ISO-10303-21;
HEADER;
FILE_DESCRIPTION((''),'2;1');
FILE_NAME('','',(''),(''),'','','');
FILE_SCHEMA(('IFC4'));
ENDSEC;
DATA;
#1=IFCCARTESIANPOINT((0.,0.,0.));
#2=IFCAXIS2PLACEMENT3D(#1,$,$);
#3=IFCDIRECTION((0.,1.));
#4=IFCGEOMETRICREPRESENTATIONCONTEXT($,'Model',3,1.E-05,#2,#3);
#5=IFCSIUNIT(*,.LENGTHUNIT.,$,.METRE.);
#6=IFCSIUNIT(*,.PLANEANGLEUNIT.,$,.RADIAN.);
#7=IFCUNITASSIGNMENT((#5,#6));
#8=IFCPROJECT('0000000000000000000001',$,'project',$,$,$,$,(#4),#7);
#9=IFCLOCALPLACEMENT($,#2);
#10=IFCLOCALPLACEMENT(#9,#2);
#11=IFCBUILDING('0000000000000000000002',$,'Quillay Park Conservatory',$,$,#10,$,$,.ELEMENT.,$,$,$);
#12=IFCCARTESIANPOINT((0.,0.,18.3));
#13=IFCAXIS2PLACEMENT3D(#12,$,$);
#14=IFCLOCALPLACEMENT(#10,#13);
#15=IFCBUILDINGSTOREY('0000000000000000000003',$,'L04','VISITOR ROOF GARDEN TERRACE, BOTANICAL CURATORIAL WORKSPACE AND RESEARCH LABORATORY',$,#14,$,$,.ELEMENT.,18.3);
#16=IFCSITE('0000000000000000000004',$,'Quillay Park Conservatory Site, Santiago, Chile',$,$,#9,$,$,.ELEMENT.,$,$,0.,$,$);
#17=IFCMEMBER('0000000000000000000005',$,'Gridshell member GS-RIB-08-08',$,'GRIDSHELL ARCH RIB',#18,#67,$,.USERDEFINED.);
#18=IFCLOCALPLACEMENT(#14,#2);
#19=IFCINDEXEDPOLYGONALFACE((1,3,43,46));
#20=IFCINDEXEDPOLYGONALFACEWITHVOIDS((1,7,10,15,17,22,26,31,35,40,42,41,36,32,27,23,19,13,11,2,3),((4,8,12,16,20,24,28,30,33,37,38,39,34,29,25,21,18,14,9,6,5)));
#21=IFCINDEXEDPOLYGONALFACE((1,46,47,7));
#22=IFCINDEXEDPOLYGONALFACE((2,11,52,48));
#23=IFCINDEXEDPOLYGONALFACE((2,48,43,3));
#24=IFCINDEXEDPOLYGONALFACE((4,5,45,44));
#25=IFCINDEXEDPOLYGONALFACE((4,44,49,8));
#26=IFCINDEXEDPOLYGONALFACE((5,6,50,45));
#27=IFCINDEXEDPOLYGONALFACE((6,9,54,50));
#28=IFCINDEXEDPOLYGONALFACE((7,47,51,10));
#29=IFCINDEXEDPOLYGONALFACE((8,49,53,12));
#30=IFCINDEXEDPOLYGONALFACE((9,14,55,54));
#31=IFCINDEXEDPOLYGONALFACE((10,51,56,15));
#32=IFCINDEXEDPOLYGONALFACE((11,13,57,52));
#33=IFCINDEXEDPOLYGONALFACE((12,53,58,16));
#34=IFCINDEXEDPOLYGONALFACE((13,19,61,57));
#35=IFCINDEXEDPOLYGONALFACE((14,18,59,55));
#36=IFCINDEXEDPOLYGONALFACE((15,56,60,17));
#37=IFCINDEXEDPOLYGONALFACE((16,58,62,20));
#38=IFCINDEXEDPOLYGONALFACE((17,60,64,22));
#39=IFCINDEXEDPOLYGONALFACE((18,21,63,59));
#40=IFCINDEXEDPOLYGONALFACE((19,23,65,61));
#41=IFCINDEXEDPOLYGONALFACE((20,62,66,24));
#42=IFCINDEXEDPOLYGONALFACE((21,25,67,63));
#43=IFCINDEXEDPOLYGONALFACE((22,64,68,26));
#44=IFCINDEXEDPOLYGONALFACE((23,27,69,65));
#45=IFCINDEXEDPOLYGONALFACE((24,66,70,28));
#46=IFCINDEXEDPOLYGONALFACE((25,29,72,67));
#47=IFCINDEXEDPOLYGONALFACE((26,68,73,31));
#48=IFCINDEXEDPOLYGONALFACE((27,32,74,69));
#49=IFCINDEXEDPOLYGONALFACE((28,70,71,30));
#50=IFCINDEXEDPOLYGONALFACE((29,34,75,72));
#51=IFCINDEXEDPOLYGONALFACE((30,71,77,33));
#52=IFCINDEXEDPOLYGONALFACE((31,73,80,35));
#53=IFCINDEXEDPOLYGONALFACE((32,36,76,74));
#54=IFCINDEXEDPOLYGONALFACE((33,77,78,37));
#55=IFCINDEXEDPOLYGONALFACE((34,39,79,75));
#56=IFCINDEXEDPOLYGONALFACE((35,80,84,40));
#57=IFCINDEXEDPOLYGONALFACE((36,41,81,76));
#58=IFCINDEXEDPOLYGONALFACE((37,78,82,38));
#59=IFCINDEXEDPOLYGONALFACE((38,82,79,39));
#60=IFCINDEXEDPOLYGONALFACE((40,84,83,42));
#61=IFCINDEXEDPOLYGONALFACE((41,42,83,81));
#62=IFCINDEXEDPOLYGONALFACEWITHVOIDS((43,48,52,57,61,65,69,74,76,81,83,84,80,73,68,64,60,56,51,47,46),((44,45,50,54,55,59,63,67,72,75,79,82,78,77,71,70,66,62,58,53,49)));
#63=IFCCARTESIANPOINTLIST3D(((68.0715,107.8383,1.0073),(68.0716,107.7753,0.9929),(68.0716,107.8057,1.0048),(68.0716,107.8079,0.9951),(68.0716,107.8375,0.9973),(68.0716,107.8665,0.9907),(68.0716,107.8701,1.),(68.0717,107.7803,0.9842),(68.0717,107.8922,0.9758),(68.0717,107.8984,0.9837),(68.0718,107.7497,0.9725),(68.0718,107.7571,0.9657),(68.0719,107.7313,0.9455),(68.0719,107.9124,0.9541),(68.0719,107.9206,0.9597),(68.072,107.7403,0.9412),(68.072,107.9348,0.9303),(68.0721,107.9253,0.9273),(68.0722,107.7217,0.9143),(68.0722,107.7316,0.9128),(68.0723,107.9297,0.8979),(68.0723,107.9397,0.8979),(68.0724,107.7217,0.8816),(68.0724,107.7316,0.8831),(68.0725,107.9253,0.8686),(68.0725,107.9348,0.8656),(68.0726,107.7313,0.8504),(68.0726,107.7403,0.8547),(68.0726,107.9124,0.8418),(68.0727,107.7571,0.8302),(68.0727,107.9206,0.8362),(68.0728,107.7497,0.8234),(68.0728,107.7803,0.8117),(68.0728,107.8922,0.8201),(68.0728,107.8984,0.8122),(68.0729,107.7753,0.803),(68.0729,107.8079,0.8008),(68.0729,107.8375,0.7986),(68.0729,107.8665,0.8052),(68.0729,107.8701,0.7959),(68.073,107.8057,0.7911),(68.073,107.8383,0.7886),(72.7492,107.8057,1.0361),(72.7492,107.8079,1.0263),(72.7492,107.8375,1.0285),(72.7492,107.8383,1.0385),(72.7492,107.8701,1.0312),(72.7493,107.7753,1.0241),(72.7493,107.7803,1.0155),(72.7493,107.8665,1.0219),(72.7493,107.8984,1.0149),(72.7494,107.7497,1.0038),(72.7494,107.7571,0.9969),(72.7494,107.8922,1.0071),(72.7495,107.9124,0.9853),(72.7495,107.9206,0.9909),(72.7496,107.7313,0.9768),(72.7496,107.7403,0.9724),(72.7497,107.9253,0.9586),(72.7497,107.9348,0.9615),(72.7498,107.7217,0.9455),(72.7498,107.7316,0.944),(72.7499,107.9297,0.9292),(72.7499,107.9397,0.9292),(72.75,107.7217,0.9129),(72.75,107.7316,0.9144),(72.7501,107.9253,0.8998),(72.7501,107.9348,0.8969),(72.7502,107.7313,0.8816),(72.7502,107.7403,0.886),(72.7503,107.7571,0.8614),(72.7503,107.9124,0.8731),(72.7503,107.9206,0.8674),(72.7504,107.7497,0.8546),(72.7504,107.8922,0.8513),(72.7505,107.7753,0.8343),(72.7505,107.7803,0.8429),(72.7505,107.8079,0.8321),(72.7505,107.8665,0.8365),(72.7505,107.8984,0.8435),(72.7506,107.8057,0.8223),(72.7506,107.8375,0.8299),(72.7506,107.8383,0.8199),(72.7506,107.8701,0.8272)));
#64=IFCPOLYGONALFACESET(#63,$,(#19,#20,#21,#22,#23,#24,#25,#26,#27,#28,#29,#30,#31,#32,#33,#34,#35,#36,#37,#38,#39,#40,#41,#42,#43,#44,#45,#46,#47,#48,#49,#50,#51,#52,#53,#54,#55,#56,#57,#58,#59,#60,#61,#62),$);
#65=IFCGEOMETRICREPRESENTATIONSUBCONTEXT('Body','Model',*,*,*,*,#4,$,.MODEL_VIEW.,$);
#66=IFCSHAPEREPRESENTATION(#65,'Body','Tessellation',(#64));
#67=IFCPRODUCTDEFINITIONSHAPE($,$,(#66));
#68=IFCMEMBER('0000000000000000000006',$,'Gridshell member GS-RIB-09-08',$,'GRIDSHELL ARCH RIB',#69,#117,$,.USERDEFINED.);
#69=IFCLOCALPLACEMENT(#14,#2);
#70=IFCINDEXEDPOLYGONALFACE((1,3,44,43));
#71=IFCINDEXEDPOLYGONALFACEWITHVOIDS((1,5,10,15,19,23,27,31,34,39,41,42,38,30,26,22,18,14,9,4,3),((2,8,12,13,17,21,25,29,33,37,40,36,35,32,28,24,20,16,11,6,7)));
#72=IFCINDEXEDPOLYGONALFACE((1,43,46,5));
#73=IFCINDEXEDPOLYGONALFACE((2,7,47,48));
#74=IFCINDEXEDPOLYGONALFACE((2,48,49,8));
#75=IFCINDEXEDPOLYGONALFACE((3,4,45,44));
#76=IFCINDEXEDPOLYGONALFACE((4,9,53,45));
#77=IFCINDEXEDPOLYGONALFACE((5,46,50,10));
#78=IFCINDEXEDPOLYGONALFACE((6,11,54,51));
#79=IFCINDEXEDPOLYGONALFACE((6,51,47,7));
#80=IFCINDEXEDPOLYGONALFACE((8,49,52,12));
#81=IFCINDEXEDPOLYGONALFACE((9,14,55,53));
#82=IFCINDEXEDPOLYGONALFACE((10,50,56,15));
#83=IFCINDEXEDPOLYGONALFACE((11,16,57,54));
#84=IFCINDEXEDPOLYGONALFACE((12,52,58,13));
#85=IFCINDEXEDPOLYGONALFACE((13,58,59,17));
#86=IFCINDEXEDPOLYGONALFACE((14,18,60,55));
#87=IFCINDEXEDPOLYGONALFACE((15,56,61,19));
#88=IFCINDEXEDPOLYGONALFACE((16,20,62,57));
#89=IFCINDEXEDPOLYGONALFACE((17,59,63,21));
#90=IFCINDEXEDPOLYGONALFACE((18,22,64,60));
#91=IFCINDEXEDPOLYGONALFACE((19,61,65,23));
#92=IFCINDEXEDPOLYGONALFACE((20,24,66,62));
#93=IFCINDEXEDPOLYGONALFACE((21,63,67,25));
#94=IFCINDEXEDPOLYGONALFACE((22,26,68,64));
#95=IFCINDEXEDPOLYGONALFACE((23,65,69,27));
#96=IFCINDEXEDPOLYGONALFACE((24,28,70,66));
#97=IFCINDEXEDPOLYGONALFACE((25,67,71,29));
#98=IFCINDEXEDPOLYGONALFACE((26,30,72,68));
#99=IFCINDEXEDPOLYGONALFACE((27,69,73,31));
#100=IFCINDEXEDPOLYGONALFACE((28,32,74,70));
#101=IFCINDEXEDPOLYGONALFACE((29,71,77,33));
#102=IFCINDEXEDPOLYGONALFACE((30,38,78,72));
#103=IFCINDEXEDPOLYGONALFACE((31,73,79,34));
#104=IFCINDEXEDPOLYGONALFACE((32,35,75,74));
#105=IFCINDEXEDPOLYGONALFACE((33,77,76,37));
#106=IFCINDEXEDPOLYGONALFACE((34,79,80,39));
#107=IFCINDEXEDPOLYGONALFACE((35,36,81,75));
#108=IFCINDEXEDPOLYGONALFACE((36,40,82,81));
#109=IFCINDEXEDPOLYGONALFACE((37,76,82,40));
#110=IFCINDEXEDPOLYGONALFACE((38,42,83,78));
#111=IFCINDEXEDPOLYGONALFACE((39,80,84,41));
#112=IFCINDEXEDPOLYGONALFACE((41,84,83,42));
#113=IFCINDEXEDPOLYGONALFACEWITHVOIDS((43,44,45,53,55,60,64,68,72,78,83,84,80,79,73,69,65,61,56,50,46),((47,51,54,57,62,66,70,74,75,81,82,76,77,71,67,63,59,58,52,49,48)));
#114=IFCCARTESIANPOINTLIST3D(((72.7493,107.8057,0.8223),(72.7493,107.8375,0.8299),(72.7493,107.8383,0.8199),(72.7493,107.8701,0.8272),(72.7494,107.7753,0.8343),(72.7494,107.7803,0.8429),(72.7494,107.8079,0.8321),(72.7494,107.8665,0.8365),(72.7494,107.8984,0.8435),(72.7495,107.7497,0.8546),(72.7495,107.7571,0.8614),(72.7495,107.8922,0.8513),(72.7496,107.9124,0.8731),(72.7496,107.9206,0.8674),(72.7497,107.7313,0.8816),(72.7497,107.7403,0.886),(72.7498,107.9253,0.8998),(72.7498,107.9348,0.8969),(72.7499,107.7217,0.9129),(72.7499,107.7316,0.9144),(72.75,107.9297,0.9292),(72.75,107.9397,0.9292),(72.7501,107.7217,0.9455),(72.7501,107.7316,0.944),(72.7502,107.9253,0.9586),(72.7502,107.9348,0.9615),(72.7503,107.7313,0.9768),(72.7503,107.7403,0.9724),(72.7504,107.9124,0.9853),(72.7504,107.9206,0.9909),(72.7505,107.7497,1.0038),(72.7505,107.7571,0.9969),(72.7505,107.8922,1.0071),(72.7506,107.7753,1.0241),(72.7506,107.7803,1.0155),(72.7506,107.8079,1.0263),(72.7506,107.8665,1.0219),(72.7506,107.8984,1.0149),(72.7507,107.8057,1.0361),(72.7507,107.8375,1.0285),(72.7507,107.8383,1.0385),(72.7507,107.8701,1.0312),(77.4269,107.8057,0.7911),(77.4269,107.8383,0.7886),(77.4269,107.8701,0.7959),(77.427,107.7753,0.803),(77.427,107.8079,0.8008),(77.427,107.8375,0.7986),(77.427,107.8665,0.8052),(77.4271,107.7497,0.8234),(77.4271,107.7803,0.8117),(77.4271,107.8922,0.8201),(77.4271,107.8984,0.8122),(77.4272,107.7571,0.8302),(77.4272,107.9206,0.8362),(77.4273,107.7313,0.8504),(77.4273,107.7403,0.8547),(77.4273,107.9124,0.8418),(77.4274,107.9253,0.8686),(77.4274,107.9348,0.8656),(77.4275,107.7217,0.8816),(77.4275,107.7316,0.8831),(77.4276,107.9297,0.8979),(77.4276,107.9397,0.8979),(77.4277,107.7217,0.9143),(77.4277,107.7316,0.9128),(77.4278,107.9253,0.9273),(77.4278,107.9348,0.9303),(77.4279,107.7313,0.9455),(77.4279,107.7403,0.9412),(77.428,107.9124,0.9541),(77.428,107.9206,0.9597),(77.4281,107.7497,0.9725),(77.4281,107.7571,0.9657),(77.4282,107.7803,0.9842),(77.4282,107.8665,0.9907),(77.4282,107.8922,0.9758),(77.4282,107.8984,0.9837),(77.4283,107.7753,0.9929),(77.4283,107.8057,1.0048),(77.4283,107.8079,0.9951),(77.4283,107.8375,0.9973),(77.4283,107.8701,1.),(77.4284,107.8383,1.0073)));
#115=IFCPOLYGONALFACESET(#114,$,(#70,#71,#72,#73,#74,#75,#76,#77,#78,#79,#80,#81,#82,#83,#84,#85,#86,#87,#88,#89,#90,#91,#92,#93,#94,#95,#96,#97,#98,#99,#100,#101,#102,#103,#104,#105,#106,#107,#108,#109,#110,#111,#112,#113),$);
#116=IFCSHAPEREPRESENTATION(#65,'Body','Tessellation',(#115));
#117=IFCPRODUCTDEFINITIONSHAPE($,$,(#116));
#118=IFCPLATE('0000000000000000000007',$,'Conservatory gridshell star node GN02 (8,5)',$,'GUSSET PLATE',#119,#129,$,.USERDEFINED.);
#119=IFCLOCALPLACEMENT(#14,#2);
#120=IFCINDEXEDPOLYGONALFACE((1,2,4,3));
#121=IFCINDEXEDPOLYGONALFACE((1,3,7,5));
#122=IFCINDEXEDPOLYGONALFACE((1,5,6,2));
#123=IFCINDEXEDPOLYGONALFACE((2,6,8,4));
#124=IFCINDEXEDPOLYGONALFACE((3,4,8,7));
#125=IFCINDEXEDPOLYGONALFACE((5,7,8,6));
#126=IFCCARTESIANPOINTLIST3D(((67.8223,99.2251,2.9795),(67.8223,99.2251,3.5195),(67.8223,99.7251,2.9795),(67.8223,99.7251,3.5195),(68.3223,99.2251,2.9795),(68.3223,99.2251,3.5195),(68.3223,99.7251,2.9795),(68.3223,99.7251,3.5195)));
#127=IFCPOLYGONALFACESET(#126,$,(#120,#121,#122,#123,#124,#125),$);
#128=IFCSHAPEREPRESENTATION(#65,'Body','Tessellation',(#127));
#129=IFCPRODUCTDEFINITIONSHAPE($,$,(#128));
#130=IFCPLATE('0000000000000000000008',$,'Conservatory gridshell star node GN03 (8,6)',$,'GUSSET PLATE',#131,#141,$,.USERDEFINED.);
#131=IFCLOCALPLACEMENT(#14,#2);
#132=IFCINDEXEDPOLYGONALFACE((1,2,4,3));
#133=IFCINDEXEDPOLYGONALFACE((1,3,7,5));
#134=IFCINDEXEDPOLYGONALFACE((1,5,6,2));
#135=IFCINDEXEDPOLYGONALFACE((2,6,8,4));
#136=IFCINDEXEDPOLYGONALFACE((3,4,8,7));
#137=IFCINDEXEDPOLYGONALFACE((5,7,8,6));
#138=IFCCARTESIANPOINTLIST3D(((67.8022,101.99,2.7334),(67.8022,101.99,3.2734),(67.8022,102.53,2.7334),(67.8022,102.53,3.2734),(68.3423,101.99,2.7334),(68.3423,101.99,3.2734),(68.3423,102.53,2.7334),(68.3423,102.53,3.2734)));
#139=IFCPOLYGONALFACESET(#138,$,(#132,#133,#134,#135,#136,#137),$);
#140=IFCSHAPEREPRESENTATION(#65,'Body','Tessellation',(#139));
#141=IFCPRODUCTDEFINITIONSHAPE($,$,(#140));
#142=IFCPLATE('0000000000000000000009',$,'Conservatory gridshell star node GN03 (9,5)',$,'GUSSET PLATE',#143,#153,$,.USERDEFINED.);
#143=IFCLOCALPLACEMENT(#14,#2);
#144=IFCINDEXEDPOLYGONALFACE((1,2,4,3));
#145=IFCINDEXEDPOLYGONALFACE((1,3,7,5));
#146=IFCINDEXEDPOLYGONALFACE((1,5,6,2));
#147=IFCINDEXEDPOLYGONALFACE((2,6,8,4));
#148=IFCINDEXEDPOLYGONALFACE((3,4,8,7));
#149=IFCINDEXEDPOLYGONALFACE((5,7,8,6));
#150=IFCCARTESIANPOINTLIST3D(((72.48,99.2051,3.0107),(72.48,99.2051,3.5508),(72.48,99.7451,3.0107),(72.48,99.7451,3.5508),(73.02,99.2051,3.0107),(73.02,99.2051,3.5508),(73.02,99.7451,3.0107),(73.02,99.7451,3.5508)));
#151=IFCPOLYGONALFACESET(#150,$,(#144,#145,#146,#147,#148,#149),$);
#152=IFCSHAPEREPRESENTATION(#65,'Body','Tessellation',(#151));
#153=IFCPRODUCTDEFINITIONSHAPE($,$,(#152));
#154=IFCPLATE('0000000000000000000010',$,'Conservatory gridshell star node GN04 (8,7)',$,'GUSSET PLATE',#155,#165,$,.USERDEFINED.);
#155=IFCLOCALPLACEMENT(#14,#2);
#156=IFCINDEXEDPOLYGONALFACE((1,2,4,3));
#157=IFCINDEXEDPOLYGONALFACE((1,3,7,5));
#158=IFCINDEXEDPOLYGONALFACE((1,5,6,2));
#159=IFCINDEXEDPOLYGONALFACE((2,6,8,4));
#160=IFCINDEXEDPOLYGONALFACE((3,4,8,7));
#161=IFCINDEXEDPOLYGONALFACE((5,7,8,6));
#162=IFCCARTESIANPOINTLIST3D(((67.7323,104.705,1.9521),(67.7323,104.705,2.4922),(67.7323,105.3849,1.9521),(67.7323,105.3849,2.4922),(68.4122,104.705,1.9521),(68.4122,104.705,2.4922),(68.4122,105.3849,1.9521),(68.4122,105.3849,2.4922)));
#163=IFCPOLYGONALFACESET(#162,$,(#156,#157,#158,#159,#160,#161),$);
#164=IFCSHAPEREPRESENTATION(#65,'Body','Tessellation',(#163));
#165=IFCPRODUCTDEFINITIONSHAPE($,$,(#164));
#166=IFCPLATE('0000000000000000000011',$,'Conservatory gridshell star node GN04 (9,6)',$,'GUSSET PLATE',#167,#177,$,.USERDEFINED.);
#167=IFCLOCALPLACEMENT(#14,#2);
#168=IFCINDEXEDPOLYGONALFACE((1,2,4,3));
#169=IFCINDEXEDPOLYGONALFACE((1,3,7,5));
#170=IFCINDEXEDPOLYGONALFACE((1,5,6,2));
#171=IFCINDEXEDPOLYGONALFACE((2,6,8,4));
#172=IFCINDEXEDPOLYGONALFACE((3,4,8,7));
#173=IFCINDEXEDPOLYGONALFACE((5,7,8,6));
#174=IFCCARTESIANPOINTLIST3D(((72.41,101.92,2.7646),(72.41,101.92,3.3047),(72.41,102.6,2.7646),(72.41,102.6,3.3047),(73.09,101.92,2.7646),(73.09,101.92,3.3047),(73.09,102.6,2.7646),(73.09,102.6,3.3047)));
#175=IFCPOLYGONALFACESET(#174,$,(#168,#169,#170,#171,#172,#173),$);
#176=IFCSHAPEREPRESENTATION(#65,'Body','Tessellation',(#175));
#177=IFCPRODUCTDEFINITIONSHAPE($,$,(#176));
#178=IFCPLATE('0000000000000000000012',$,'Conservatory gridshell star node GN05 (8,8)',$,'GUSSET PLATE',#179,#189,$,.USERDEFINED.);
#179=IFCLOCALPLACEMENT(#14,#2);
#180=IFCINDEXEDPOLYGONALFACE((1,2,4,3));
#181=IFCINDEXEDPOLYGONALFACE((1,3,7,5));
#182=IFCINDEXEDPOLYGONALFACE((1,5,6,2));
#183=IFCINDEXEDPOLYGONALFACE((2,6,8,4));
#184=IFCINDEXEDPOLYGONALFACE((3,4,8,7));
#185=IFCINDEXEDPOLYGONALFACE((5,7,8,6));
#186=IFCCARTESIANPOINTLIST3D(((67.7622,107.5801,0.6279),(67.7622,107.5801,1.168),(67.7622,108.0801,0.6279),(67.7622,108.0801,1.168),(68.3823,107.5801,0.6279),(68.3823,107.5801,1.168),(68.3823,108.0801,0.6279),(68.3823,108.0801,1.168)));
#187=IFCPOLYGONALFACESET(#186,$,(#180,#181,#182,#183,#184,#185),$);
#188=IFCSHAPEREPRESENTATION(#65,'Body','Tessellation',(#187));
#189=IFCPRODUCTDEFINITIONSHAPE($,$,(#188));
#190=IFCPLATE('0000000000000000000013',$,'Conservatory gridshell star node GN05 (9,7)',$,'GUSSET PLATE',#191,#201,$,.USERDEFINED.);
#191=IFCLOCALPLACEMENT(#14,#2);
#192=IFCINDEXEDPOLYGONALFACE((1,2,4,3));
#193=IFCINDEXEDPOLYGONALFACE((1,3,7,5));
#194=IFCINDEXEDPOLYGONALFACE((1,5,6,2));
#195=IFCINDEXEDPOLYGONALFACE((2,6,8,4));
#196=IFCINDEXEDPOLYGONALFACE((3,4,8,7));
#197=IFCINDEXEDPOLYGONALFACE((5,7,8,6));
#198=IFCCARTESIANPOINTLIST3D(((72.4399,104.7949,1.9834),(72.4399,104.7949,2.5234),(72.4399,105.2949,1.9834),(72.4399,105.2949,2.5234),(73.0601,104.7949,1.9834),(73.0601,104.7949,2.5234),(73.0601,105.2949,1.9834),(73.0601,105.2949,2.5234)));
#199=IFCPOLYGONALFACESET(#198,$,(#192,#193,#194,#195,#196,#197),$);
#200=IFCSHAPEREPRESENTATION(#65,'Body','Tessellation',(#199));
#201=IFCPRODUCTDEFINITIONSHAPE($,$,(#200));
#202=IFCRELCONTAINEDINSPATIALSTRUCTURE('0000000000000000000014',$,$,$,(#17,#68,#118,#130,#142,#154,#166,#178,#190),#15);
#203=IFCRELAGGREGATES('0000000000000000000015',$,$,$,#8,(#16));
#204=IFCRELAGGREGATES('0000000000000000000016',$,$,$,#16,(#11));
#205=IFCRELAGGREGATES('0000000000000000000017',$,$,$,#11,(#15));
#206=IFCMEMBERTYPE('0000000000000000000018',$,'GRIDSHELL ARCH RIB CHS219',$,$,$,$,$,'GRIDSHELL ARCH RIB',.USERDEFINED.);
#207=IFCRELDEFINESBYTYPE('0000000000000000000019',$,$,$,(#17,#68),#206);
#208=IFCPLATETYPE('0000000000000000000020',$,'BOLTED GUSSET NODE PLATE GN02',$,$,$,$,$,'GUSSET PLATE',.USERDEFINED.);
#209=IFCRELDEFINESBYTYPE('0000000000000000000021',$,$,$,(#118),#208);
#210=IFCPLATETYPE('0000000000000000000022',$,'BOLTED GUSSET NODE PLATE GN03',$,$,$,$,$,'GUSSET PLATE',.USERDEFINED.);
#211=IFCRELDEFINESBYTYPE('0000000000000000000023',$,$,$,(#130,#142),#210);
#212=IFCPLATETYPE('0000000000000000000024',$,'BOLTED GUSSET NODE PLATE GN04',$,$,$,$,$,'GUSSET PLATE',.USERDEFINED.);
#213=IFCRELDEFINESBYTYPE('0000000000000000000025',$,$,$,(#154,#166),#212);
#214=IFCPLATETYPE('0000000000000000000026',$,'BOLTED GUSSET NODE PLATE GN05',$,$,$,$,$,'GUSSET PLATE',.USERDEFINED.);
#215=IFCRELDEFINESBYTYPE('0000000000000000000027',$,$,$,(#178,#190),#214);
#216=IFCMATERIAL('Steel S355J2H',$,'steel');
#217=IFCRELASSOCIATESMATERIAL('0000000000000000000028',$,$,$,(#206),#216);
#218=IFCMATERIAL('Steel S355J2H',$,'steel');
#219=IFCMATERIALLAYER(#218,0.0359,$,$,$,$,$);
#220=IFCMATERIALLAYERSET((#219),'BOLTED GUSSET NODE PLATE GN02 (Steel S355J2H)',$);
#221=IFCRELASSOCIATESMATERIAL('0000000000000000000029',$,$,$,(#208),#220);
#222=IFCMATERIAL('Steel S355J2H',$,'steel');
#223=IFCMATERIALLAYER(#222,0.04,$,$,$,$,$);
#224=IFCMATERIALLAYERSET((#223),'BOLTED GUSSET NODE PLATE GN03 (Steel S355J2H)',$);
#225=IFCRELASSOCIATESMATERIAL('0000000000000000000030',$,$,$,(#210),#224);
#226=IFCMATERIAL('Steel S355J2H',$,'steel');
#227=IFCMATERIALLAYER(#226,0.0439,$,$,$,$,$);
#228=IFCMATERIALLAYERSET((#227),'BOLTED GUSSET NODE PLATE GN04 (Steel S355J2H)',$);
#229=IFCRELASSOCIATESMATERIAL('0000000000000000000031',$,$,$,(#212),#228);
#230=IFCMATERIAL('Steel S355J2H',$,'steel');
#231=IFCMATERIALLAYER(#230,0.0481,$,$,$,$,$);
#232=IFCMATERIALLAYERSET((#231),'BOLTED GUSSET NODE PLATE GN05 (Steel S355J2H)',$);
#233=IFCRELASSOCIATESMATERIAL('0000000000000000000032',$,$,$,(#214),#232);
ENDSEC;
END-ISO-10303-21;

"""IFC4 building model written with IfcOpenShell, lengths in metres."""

from ifc_helpers import new_model, si_unit, direction, frame, origin, origin_2d, place, context, subcontext, project, spatial, rectangle, hollow_circle, extrude, material, layer, layer_set, material_profile, profile_set, type_object, element, save


model = new_model("IFC4")

# Units and contexts
model_context = context("Model", 3, precision=1e-05, world=origin(), true_north=direction((0.0, 1.0)))
body_context = subcontext(model_context, "Body", "Model", "MODEL_VIEW")
ifc_project = project(units=[si_unit("LENGTHUNIT", "METRE"), si_unit("PLANEANGLEUNIT", "RADIAN")], contexts=[model_context])

# Site, building, storey
site_placement = place(None, origin())
site = spatial("IfcSite", under=ifc_project, at=site_placement, Name="Quillay Park Conservatory Site, Santiago, Chile", CompositionType="ELEMENT", RefElevation=0.0)
building_placement = place(site_placement, origin())
building = spatial("IfcBuilding", under=site, at=building_placement, Name="Quillay Park Conservatory", CompositionType="ELEMENT")
storey_placement = place(building_placement, frame((0.0, 0.0, 18.3)))
storey = spatial("IfcBuildingStorey", under=building, at=storey_placement, Name="L04", Description="VISITOR ROOF GARDEN TERRACE, BOTANICAL CURATORIAL WORKSPACE AND RESEARCH LABORATORY", CompositionType="ELEMENT", Elevation=18.3)

# Members
ifc_material_1 = material(Name="Steel S355J2H", Category="steel")
ifc_material_profile_1 = material_profile(ifc_material_1, hollow_circle(Radius=0.1096, WallThickness=0.01, at=origin_2d()), Name="CHS219.1x10")
ifc_profile_set_1 = profile_set([ifc_material_profile_1], Name="Steel S355J2H")
member_type = type_object("IfcMemberType", Name="GRIDSHELL ARCH RIB CHS219", ElementType="GRIDSHELL ARCH RIB", PredefinedType="USERDEFINED", material=ifc_profile_set_1)
for number, where, z_axis, x_axis, name in (
    (1, (68.0723, 107.8301, 0.8979), (0.999978, 0.0, 0.00668), (0.0, 1.0, 0.0), "Gridshell member GS-RIB-08-08"),
    (2, (72.75, 107.8301, 0.9292), (0.999978, 0.0, -0.00668), (0.0, 1.0, 0.0), "Gridshell member GS-RIB-09-08"),
):
    element("IfcMember", number, at=place(storey_placement, frame(where, z_axis=z_axis, x_axis=x_axis)), inside=storey, type_object=member_type, Name=name, ObjectType="GRIDSHELL ARCH RIB", PredefinedType="USERDEFINED", context=body_context, shape_type="SweptSolid", body=[
        extrude(hollow_circle(Radius=0.1096, WallThickness=0.01, at=origin_2d()), origin(), (0.0, 0.0, 1.0), 4.6777),
    ])

# Plates
ifc_material_2 = material(Name="Steel S355J2H", Category="steel")
ifc_layer_1 = layer(ifc_material_2, 0.0359)
ifc_layer_set_1 = layer_set([ifc_layer_1], Name="BOLTED GUSSET NODE PLATE GN02 (Steel S355J2H)")
plate_type_1 = type_object("IfcPlateType", Name="BOLTED GUSSET NODE PLATE GN02", ElementType="GUSSET PLATE", PredefinedType="USERDEFINED", material=ifc_layer_set_1)
plate_1_placement = place(storey_placement, frame((68.0723, 99.4751, 2.9795), z_axis=(0.0, 0.0, 1.0), x_axis=(1.0, 0.0, 0.0)))
element("IfcPlate", 3, at=plate_1_placement, inside=storey, type_object=plate_type_1, Name="Conservatory gridshell star node GN02 (8,5)", ObjectType="GUSSET PLATE", PredefinedType="USERDEFINED", context=body_context, shape_type="SweptSolid", body=[
    extrude(rectangle(XDim=0.5, YDim=0.5, at=origin_2d()), origin(), (0.0, 0.0, 1.0), 0.54),
])
ifc_material_3 = material(Name="Steel S355J2H", Category="steel")
ifc_layer_2 = layer(ifc_material_3, 0.04)
ifc_layer_set_2 = layer_set([ifc_layer_2], Name="BOLTED GUSSET NODE PLATE GN03 (Steel S355J2H)")
plate_type_2 = type_object("IfcPlateType", Name="BOLTED GUSSET NODE PLATE GN03", ElementType="GUSSET PLATE", PredefinedType="USERDEFINED", material=ifc_layer_set_2)
for number, where, z_axis, x_axis, name in (
    (4, (68.0723, 102.26, 2.7334), (0.0, 0.0, 1.0), (1.0, 0.0, 0.0), "Conservatory gridshell star node GN03 (8,6)"),
    (5, (72.75, 99.4751, 3.0107), (0.0, 0.0, 1.0), (1.0, 0.0, 0.0), "Conservatory gridshell star node GN03 (9,5)"),
):
    element("IfcPlate", number, at=place(storey_placement, frame(where, z_axis=z_axis, x_axis=x_axis)), inside=storey, type_object=plate_type_2, Name=name, ObjectType="GUSSET PLATE", PredefinedType="USERDEFINED", context=body_context, shape_type="SweptSolid", body=[
        extrude(rectangle(XDim=0.54, YDim=0.54, at=origin_2d()), origin(), (0.0, 0.0, 1.0), 0.54),
    ])
ifc_material_4 = material(Name="Steel S355J2H", Category="steel")
ifc_layer_3 = layer(ifc_material_4, 0.0439)
ifc_layer_set_3 = layer_set([ifc_layer_3], Name="BOLTED GUSSET NODE PLATE GN04 (Steel S355J2H)")
plate_type_3 = type_object("IfcPlateType", Name="BOLTED GUSSET NODE PLATE GN04", ElementType="GUSSET PLATE", PredefinedType="USERDEFINED", material=ifc_layer_set_3)
for number, where, z_axis, x_axis, name in (
    (6, (68.0723, 105.0449, 1.9521), (0.0, 0.0, 1.0), (1.0, 0.0, 0.0), "Conservatory gridshell star node GN04 (8,7)"),
    (7, (72.75, 102.26, 2.7646), (0.0, 0.0, 1.0), (1.0, 0.0, 0.0), "Conservatory gridshell star node GN04 (9,6)"),
):
    element("IfcPlate", number, at=place(storey_placement, frame(where, z_axis=z_axis, x_axis=x_axis)), inside=storey, type_object=plate_type_3, Name=name, ObjectType="GUSSET PLATE", PredefinedType="USERDEFINED", context=body_context, shape_type="SweptSolid", body=[
        extrude(rectangle(XDim=0.6799, YDim=0.6799, at=origin_2d()), origin(), (0.0, 0.0, 1.0), 0.54),
    ])
ifc_material_5 = material(Name="Steel S355J2H", Category="steel")
ifc_layer_4 = layer(ifc_material_5, 0.0481)
ifc_layer_set_4 = layer_set([ifc_layer_4], Name="BOLTED GUSSET NODE PLATE GN05 (Steel S355J2H)")
plate_type_4 = type_object("IfcPlateType", Name="BOLTED GUSSET NODE PLATE GN05", ElementType="GUSSET PLATE", PredefinedType="USERDEFINED", material=ifc_layer_set_4)
for number, where, z_axis, x_axis, name in (
    (8, (68.0723, 107.8301, 0.6279), (0.0, 0.0, 1.0), (1.0, 0.0, 0.0), "Conservatory gridshell star node GN05 (8,8)"),
    (9, (72.75, 105.0449, 1.9834), (0.0, 0.0, 1.0), (1.0, 0.0, 0.0), "Conservatory gridshell star node GN05 (9,7)"),
):
    element("IfcPlate", number, at=place(storey_placement, frame(where, z_axis=z_axis, x_axis=x_axis)), inside=storey, type_object=plate_type_4, Name=name, ObjectType="GUSSET PLATE", PredefinedType="USERDEFINED", context=body_context, shape_type="SweptSolid", body=[
        extrude(rectangle(XDim=0.6201, YDim=0.5, at=origin_2d()), origin(), (0.0, 0.0, 1.0), 0.54),
    ])

save(model, "model.ifc")
